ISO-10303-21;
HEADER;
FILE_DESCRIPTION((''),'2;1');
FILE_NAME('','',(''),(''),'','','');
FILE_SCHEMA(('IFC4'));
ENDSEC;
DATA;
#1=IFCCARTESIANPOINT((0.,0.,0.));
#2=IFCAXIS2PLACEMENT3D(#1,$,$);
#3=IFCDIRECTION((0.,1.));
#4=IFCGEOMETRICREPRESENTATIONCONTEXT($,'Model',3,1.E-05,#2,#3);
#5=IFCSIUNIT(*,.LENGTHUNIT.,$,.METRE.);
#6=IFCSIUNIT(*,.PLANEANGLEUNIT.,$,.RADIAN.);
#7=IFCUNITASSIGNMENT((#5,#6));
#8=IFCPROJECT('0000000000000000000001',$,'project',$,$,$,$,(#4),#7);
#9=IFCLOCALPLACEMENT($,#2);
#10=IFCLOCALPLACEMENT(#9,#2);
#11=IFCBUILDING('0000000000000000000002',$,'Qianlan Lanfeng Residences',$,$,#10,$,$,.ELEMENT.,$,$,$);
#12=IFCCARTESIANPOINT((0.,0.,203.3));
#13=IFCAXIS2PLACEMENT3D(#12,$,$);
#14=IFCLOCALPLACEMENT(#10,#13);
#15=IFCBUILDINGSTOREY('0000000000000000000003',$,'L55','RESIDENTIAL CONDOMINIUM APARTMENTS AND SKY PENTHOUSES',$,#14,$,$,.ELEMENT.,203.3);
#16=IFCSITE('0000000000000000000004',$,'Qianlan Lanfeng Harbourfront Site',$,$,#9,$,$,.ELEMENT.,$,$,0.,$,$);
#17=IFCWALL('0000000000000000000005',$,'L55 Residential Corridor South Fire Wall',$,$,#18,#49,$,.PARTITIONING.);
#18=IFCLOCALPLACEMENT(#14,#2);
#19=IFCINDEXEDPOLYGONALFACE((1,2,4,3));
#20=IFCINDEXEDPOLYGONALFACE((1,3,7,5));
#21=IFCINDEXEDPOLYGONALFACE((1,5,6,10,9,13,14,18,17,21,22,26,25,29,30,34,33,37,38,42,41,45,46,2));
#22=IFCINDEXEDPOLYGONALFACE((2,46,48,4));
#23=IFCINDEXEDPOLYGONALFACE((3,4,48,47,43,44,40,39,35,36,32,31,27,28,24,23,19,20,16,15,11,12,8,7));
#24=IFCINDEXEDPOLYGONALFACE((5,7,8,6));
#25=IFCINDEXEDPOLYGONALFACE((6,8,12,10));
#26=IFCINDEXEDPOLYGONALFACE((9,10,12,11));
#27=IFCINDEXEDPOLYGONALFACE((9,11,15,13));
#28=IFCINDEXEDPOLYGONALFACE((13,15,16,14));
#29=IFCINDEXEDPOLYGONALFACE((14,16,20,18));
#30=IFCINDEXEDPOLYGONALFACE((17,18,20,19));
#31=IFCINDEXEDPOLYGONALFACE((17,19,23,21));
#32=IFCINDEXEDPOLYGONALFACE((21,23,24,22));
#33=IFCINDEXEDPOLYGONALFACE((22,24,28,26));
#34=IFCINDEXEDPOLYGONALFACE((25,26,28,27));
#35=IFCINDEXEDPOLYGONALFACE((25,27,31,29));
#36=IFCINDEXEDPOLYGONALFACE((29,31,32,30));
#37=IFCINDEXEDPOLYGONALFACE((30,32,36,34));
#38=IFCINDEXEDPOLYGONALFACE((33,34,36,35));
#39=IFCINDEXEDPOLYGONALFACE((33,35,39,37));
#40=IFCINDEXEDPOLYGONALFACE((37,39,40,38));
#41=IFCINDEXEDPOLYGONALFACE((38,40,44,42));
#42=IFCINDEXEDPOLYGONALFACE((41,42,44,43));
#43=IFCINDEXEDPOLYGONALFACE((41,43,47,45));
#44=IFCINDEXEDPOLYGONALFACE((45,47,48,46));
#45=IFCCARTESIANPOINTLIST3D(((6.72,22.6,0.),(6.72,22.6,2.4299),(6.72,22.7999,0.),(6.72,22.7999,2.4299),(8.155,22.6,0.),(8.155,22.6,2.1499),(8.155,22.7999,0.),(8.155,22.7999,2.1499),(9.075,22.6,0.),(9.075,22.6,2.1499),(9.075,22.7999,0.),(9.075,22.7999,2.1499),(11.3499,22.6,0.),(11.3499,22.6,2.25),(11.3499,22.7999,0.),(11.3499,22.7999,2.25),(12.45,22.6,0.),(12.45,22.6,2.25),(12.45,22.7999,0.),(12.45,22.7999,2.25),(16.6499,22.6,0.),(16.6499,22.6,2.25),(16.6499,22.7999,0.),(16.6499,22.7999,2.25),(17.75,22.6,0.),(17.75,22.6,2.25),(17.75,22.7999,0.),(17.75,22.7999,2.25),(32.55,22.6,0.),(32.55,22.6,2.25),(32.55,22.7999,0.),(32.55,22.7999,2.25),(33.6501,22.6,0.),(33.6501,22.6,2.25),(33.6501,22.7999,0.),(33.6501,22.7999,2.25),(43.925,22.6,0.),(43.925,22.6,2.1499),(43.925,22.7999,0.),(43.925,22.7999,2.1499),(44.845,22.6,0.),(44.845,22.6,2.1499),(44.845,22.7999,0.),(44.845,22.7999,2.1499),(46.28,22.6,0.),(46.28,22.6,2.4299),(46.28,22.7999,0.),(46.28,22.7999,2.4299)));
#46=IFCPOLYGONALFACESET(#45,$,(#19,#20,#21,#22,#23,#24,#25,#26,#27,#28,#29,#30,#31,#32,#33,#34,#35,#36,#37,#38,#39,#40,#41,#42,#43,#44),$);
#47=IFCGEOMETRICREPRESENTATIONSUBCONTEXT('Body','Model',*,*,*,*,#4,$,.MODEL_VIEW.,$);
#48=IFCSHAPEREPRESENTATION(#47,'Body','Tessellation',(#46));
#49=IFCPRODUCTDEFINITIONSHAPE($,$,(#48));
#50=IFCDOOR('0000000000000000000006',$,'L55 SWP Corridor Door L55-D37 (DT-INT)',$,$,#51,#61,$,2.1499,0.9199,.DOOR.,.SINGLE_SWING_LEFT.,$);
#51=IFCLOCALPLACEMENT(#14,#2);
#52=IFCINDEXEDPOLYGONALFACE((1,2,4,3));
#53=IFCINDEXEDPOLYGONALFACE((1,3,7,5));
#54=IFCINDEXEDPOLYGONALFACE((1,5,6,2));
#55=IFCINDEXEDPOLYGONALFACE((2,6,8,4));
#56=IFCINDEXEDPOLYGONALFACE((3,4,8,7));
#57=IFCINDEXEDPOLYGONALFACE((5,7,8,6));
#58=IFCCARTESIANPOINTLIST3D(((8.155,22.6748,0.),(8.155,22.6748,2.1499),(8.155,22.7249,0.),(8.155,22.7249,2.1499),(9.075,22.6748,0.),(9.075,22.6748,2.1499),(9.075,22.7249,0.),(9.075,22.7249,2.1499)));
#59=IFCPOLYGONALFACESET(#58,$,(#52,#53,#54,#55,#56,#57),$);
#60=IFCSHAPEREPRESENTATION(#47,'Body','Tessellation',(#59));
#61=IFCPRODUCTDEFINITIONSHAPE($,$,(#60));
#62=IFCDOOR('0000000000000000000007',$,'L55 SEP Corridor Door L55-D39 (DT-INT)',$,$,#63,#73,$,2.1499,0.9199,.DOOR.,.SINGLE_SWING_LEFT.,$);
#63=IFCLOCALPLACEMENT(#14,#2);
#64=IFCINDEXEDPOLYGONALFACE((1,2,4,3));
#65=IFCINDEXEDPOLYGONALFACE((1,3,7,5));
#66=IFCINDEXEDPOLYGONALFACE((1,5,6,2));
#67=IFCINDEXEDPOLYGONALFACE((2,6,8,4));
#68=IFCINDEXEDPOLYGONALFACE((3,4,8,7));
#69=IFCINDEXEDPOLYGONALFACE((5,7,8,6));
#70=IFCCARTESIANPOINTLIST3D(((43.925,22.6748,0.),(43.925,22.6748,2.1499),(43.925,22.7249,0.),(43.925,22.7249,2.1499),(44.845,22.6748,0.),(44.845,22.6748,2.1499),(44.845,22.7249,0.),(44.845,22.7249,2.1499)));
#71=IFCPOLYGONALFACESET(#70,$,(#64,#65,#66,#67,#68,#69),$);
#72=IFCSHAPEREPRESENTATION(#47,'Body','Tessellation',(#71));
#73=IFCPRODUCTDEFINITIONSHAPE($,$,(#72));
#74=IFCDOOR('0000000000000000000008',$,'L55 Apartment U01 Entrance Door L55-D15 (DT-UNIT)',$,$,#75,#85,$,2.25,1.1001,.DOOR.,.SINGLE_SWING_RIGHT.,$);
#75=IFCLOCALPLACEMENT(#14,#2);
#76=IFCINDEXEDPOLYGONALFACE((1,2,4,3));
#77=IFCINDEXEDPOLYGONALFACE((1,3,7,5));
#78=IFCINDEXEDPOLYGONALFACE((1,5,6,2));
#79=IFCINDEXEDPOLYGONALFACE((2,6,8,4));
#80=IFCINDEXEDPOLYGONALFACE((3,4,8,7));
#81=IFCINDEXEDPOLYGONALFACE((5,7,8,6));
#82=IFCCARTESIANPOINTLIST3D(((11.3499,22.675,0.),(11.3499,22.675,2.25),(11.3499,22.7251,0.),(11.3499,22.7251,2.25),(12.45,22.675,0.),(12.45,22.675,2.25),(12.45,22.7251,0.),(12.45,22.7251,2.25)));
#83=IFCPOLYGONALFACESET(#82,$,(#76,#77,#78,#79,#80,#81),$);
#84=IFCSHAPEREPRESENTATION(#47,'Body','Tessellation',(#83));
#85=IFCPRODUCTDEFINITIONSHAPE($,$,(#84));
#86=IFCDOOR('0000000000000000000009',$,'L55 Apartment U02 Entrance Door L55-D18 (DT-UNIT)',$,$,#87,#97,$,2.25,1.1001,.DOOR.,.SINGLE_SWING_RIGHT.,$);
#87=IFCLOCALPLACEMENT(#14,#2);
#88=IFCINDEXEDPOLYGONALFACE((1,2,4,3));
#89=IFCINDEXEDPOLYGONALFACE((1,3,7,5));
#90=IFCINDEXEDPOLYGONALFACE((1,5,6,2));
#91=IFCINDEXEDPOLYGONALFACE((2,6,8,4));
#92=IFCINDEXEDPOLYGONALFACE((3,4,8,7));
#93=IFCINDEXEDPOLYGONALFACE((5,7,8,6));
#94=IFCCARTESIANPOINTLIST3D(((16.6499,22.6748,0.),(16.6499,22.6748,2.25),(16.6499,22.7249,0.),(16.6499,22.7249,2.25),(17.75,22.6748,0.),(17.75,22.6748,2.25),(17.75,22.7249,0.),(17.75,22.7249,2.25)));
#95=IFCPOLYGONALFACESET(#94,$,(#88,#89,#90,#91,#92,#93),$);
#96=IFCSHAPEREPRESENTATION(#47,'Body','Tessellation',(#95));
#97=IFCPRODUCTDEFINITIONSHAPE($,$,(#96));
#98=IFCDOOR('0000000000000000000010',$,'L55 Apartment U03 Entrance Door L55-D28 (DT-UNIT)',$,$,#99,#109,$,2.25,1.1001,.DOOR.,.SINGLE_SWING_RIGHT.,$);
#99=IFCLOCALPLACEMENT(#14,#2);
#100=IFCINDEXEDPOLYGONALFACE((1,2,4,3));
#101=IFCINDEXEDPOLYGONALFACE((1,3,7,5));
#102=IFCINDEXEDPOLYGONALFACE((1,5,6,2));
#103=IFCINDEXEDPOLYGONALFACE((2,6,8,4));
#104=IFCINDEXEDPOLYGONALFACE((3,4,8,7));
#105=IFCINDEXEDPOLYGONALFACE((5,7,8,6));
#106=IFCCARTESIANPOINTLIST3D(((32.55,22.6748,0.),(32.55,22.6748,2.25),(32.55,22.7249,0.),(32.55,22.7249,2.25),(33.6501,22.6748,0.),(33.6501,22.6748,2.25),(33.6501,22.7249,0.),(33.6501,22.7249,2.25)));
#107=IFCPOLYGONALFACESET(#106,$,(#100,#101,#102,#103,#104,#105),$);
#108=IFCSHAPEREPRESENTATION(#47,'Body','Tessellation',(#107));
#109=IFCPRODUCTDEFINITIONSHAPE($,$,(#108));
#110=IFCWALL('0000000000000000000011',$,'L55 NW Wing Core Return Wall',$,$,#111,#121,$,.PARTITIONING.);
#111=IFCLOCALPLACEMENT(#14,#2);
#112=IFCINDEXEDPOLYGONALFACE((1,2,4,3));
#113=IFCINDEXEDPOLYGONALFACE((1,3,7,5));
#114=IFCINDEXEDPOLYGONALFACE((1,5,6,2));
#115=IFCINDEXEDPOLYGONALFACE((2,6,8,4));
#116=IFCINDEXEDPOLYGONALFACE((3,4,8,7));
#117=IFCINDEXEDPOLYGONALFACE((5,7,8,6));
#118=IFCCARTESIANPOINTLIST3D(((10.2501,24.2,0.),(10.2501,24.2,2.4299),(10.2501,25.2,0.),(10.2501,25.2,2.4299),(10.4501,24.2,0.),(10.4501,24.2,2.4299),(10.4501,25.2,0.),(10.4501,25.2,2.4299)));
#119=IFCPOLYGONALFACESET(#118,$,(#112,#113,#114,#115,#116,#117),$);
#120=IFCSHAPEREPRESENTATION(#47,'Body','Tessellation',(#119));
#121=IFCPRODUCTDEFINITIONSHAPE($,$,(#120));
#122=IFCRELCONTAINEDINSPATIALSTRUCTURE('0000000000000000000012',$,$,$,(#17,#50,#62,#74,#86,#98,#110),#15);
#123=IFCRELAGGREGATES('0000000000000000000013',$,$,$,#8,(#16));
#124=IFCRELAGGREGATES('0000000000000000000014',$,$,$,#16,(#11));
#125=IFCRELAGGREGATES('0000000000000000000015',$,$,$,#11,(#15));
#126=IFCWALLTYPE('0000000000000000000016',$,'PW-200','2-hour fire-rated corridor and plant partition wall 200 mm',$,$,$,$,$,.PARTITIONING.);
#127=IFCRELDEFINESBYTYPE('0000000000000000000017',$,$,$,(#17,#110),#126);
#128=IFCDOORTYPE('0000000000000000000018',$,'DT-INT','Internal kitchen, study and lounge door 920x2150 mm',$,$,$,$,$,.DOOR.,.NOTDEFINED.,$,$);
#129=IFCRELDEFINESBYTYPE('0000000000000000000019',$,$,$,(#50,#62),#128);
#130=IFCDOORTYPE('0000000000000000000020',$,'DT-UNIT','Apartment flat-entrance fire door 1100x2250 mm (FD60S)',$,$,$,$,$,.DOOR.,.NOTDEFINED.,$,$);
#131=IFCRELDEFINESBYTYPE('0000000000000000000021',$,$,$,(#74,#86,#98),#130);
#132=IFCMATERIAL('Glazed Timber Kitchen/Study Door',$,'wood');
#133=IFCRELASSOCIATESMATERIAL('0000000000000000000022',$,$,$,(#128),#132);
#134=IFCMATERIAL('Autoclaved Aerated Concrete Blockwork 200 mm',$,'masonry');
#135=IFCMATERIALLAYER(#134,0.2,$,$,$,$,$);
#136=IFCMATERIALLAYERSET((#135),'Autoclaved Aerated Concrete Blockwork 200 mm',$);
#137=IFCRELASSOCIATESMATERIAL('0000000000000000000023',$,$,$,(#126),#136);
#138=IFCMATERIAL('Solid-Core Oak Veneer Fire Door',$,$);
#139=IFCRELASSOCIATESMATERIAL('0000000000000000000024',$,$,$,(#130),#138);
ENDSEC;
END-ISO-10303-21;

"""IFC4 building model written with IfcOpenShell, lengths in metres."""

from ifc_helpers import new_model, si_unit, direction, frame, frame_2d, origin, place, context, subcontext, project, spatial, rectangle, extrude, material, layer, layer_set, type_object, element, fill, save


model = new_model("IFC4")

# Units and contexts
model_context = context("Model", 3, precision=1e-05, world=origin(), true_north=direction((0.0, 1.0)))
body_context = subcontext(model_context, "Body", "Model", "MODEL_VIEW")
ifc_project = project(units=[si_unit("LENGTHUNIT", "METRE"), si_unit("PLANEANGLEUNIT", "RADIAN")], contexts=[model_context])

# Site, building, storey
site_placement = place(None, origin())
site = spatial("IfcSite", under=ifc_project, at=site_placement, Name="Qianlan Lanfeng Harbourfront Site", CompositionType="ELEMENT", RefElevation=0.0)
building_placement = place(site_placement, origin())
building = spatial("IfcBuilding", under=site, at=building_placement, Name="Qianlan Lanfeng Residences", CompositionType="ELEMENT")
storey_placement = place(building_placement, frame((0.0, 0.0, 203.3)))
storey = spatial("IfcBuildingStorey", under=building, at=storey_placement, Name="L55", Description="RESIDENTIAL CONDOMINIUM APARTMENTS AND SKY PENTHOUSES", CompositionType="ELEMENT", Elevation=203.3)

# Shared definitions
ifc_material_1 = material(Name="Glazed Timber Kitchen/Study Door", Category="wood")
door_type_1 = type_object("IfcDoorType", Name="DT-INT", Description="Internal kitchen, study and lounge door 920x2150 mm", OperationType="NOTDEFINED", PredefinedType="DOOR", material=ifc_material_1)

# Wall, openings, doors
ifc_material_2 = material(Name="Autoclaved Aerated Concrete Blockwork 200 mm", Category="masonry")
ifc_layer_1 = layer(ifc_material_2, 0.2)
ifc_layer_set_1 = layer_set([ifc_layer_1], Name="Autoclaved Aerated Concrete Blockwork 200 mm")
wall_type_1 = type_object("IfcWallType", Name="PW-200", Description="2-hour fire-rated corridor and plant partition wall 200 mm", PredefinedType="PARTITIONING", material=ifc_layer_set_1)
wall_1_placement = place(storey_placement, frame((6.72, 22.7, 0.0), z_axis=(0.0, 0.0, 1.0), x_axis=(1.0, 0.0, 0.0)))
wall_1 = element("IfcWall", 1, at=wall_1_placement, inside=storey, type_object=wall_type_1, Name="L55 Residential Corridor South Fire Wall", PredefinedType="PARTITIONING", context=body_context, shape_type="SweptSolid", body=[
    extrude(rectangle(XDim=39.5601, YDim=0.2, at=frame_2d((19.78, 0.0))), origin(), (0.0, 0.0, 1.0), 2.4299),
])
opening_1_placement = place(wall_1_placement, frame((4.6299, 0.0, 0.0)))
opening_1 = element("IfcOpeningElement", 2, at=opening_1_placement, cuts=wall_1, PredefinedType="OPENING", context=body_context, shape_type="SweptSolid", body=[
    extrude(rectangle(XDim=1.1001, YDim=2.25, at=frame_2d((0.55, 1.125))), frame((0.0, 0.1099, 0.0), z_axis=(0.0, -1.0, 0.0), x_axis=(1.0, 0.0, 0.0)), (0.0, 0.0, 1.0), 0.22),
])
opening_2_placement = place(wall_1_placement, frame((9.9299, 0.0, 0.0)))
opening_2 = element("IfcOpeningElement", 3, at=opening_2_placement, cuts=wall_1, PredefinedType="OPENING", context=body_context, shape_type="SweptSolid", body=[
    extrude(rectangle(XDim=1.1001, YDim=2.25, at=frame_2d((0.55, 1.125))), frame((0.0, 0.1099, 0.0), z_axis=(0.0, -1.0, 0.0), x_axis=(1.0, 0.0, 0.0)), (0.0, 0.0, 1.0), 0.22),
])
opening_3_placement = place(wall_1_placement, frame((25.8301, 0.0, 0.0)))
opening_3 = element("IfcOpeningElement", 4, at=opening_3_placement, cuts=wall_1, PredefinedType="OPENING", context=body_context, shape_type="SweptSolid", body=[
    extrude(rectangle(XDim=1.1001, YDim=2.25, at=frame_2d((0.55, 1.125))), frame((0.0, 0.1099, 0.0), z_axis=(0.0, -1.0, 0.0), x_axis=(1.0, 0.0, 0.0)), (0.0, 0.0, 1.0), 0.22),
])
opening_4_placement = place(wall_1_placement, frame((1.4351, 0.0, 0.0)))
opening_4 = element("IfcOpeningElement", 5, at=opening_4_placement, cuts=wall_1, PredefinedType="OPENING", context=body_context, shape_type="SweptSolid", body=[
    extrude(rectangle(XDim=0.9199, YDim=2.1499, at=frame_2d((0.46, 1.075))), frame((0.0, 0.1099, 0.0), z_axis=(0.0, -1.0, 0.0), x_axis=(1.0, 0.0, 0.0)), (0.0, 0.0, 1.0), 0.22),
])
opening_5_placement = place(wall_1_placement, frame((37.2051, 0.0, 0.0)))
opening_5 = element("IfcOpeningElement", 6, at=opening_5_placement, cuts=wall_1, PredefinedType="OPENING", context=body_context, shape_type="SweptSolid", body=[
    extrude(rectangle(XDim=0.9199, YDim=2.1499, at=frame_2d((0.46, 1.075))), frame((0.0, 0.1099, 0.0), z_axis=(0.0, -1.0, 0.0), x_axis=(1.0, 0.0, 0.0)), (0.0, 0.0, 1.0), 0.22),
])
door_1_placement = place(opening_4_placement, origin())
door_1 = element("IfcDoor", 7, at=door_1_placement, inside=storey, type_object=door_type_1, Name="L55 SWP Corridor Door L55-D37 (DT-INT)", OperationType="SINGLE_SWING_LEFT", OverallHeight=2.1499, OverallWidth=0.9199, PredefinedType="DOOR", context=body_context, shape_type="SweptSolid", body=[
    extrude(rectangle(XDim=0.9199, YDim=2.1499, at=frame_2d((0.46, 1.075))), frame((0.0, 0.0249, 0.0), z_axis=(0.0, -1.0, 0.0), x_axis=(1.0, 0.0, 0.0)), (0.0, 0.0, 1.0), 0.05),
])
fill(opening_4, door_1)
door_2_placement = place(opening_5_placement, origin())
door_2 = element("IfcDoor", 8, at=door_2_placement, inside=storey, type_object=door_type_1, Name="L55 SEP Corridor Door L55-D39 (DT-INT)", OperationType="SINGLE_SWING_LEFT", OverallHeight=2.1499, OverallWidth=0.9199, PredefinedType="DOOR", context=body_context, shape_type="SweptSolid", body=[
    extrude(rectangle(XDim=0.9199, YDim=2.1499, at=frame_2d((0.46, 1.075))), frame((0.0, 0.0249, 0.0), z_axis=(0.0, -1.0, 0.0), x_axis=(1.0, 0.0, 0.0)), (0.0, 0.0, 1.0), 0.05),
])
fill(opening_5, door_2)
ifc_material_3 = material(Name="Solid-Core Oak Veneer Fire Door")
door_type_2 = type_object("IfcDoorType", Name="DT-UNIT", Description="Apartment flat-entrance fire door 1100x2250 mm (FD60S)", OperationType="NOTDEFINED", PredefinedType="DOOR", material=ifc_material_3)
door_3_placement = place(opening_1_placement, frame((1.1001, 0.0, 0.0), z_axis=(0.0, 0.0, 1.0), x_axis=(-1.0, 0.0, 0.0)))
door_3 = element("IfcDoor", 9, at=door_3_placement, inside=storey, type_object=door_type_2, Name="L55 Apartment U01 Entrance Door L55-D15 (DT-UNIT)", OperationType="SINGLE_SWING_RIGHT", OverallHeight=2.25, OverallWidth=1.1001, PredefinedType="DOOR", context=body_context, shape_type="SweptSolid", body=[
    extrude(rectangle(XDim=1.1001, YDim=2.25, at=frame_2d((0.55, 1.125))), frame((0.0, 0.0249, 0.0), z_axis=(0.0, -1.0, 0.0), x_axis=(1.0, 0.0, 0.0)), (0.0, 0.0, 1.0), 0.05),
])
fill(opening_1, door_3)
door_4_placement = place(opening_2_placement, origin())
door_4 = element("IfcDoor", 10, at=door_4_placement, inside=storey, type_object=door_type_2, Name="L55 Apartment U02 Entrance Door L55-D18 (DT-UNIT)", OperationType="SINGLE_SWING_RIGHT", OverallHeight=2.25, OverallWidth=1.1001, PredefinedType="DOOR", context=body_context, shape_type="SweptSolid", body=[
    extrude(rectangle(XDim=1.1001, YDim=2.25, at=frame_2d((0.55, 1.125))), frame((0.0, 0.0249, 0.0), z_axis=(0.0, -1.0, 0.0), x_axis=(1.0, 0.0, 0.0)), (0.0, 0.0, 1.0), 0.05),
])
fill(opening_2, door_4)
door_5_placement = place(opening_3_placement, origin())
door_5 = element("IfcDoor", 11, at=door_5_placement, inside=storey, type_object=door_type_2, Name="L55 Apartment U03 Entrance Door L55-D28 (DT-UNIT)", OperationType="SINGLE_SWING_RIGHT", OverallHeight=2.25, OverallWidth=1.1001, PredefinedType="DOOR", context=body_context, shape_type="SweptSolid", body=[
    extrude(rectangle(XDim=1.1001, YDim=2.25, at=frame_2d((0.55, 1.125))), frame((0.0, 0.0249, 0.0), z_axis=(0.0, -1.0, 0.0), x_axis=(1.0, 0.0, 0.0)), (0.0, 0.0, 1.0), 0.05),
])
fill(opening_3, door_5)

# Wall
wall_2_placement = place(storey_placement, frame((10.3501, 24.2, 0.0), z_axis=(0.0, 0.0, 1.0), x_axis=(0.0, 1.0, 0.0)))
element("IfcWall", 12, at=wall_2_placement, inside=storey, type_object=wall_type_1, Name="L55 NW Wing Core Return Wall", PredefinedType="PARTITIONING", context=body_context, shape_type="SweptSolid", body=[
    extrude(rectangle(XDim=1.0, YDim=0.2, at=frame_2d((0.5, 0.0))), origin(), (0.0, 0.0, 1.0), 2.4299),
])

save(model, "model.ifc")
